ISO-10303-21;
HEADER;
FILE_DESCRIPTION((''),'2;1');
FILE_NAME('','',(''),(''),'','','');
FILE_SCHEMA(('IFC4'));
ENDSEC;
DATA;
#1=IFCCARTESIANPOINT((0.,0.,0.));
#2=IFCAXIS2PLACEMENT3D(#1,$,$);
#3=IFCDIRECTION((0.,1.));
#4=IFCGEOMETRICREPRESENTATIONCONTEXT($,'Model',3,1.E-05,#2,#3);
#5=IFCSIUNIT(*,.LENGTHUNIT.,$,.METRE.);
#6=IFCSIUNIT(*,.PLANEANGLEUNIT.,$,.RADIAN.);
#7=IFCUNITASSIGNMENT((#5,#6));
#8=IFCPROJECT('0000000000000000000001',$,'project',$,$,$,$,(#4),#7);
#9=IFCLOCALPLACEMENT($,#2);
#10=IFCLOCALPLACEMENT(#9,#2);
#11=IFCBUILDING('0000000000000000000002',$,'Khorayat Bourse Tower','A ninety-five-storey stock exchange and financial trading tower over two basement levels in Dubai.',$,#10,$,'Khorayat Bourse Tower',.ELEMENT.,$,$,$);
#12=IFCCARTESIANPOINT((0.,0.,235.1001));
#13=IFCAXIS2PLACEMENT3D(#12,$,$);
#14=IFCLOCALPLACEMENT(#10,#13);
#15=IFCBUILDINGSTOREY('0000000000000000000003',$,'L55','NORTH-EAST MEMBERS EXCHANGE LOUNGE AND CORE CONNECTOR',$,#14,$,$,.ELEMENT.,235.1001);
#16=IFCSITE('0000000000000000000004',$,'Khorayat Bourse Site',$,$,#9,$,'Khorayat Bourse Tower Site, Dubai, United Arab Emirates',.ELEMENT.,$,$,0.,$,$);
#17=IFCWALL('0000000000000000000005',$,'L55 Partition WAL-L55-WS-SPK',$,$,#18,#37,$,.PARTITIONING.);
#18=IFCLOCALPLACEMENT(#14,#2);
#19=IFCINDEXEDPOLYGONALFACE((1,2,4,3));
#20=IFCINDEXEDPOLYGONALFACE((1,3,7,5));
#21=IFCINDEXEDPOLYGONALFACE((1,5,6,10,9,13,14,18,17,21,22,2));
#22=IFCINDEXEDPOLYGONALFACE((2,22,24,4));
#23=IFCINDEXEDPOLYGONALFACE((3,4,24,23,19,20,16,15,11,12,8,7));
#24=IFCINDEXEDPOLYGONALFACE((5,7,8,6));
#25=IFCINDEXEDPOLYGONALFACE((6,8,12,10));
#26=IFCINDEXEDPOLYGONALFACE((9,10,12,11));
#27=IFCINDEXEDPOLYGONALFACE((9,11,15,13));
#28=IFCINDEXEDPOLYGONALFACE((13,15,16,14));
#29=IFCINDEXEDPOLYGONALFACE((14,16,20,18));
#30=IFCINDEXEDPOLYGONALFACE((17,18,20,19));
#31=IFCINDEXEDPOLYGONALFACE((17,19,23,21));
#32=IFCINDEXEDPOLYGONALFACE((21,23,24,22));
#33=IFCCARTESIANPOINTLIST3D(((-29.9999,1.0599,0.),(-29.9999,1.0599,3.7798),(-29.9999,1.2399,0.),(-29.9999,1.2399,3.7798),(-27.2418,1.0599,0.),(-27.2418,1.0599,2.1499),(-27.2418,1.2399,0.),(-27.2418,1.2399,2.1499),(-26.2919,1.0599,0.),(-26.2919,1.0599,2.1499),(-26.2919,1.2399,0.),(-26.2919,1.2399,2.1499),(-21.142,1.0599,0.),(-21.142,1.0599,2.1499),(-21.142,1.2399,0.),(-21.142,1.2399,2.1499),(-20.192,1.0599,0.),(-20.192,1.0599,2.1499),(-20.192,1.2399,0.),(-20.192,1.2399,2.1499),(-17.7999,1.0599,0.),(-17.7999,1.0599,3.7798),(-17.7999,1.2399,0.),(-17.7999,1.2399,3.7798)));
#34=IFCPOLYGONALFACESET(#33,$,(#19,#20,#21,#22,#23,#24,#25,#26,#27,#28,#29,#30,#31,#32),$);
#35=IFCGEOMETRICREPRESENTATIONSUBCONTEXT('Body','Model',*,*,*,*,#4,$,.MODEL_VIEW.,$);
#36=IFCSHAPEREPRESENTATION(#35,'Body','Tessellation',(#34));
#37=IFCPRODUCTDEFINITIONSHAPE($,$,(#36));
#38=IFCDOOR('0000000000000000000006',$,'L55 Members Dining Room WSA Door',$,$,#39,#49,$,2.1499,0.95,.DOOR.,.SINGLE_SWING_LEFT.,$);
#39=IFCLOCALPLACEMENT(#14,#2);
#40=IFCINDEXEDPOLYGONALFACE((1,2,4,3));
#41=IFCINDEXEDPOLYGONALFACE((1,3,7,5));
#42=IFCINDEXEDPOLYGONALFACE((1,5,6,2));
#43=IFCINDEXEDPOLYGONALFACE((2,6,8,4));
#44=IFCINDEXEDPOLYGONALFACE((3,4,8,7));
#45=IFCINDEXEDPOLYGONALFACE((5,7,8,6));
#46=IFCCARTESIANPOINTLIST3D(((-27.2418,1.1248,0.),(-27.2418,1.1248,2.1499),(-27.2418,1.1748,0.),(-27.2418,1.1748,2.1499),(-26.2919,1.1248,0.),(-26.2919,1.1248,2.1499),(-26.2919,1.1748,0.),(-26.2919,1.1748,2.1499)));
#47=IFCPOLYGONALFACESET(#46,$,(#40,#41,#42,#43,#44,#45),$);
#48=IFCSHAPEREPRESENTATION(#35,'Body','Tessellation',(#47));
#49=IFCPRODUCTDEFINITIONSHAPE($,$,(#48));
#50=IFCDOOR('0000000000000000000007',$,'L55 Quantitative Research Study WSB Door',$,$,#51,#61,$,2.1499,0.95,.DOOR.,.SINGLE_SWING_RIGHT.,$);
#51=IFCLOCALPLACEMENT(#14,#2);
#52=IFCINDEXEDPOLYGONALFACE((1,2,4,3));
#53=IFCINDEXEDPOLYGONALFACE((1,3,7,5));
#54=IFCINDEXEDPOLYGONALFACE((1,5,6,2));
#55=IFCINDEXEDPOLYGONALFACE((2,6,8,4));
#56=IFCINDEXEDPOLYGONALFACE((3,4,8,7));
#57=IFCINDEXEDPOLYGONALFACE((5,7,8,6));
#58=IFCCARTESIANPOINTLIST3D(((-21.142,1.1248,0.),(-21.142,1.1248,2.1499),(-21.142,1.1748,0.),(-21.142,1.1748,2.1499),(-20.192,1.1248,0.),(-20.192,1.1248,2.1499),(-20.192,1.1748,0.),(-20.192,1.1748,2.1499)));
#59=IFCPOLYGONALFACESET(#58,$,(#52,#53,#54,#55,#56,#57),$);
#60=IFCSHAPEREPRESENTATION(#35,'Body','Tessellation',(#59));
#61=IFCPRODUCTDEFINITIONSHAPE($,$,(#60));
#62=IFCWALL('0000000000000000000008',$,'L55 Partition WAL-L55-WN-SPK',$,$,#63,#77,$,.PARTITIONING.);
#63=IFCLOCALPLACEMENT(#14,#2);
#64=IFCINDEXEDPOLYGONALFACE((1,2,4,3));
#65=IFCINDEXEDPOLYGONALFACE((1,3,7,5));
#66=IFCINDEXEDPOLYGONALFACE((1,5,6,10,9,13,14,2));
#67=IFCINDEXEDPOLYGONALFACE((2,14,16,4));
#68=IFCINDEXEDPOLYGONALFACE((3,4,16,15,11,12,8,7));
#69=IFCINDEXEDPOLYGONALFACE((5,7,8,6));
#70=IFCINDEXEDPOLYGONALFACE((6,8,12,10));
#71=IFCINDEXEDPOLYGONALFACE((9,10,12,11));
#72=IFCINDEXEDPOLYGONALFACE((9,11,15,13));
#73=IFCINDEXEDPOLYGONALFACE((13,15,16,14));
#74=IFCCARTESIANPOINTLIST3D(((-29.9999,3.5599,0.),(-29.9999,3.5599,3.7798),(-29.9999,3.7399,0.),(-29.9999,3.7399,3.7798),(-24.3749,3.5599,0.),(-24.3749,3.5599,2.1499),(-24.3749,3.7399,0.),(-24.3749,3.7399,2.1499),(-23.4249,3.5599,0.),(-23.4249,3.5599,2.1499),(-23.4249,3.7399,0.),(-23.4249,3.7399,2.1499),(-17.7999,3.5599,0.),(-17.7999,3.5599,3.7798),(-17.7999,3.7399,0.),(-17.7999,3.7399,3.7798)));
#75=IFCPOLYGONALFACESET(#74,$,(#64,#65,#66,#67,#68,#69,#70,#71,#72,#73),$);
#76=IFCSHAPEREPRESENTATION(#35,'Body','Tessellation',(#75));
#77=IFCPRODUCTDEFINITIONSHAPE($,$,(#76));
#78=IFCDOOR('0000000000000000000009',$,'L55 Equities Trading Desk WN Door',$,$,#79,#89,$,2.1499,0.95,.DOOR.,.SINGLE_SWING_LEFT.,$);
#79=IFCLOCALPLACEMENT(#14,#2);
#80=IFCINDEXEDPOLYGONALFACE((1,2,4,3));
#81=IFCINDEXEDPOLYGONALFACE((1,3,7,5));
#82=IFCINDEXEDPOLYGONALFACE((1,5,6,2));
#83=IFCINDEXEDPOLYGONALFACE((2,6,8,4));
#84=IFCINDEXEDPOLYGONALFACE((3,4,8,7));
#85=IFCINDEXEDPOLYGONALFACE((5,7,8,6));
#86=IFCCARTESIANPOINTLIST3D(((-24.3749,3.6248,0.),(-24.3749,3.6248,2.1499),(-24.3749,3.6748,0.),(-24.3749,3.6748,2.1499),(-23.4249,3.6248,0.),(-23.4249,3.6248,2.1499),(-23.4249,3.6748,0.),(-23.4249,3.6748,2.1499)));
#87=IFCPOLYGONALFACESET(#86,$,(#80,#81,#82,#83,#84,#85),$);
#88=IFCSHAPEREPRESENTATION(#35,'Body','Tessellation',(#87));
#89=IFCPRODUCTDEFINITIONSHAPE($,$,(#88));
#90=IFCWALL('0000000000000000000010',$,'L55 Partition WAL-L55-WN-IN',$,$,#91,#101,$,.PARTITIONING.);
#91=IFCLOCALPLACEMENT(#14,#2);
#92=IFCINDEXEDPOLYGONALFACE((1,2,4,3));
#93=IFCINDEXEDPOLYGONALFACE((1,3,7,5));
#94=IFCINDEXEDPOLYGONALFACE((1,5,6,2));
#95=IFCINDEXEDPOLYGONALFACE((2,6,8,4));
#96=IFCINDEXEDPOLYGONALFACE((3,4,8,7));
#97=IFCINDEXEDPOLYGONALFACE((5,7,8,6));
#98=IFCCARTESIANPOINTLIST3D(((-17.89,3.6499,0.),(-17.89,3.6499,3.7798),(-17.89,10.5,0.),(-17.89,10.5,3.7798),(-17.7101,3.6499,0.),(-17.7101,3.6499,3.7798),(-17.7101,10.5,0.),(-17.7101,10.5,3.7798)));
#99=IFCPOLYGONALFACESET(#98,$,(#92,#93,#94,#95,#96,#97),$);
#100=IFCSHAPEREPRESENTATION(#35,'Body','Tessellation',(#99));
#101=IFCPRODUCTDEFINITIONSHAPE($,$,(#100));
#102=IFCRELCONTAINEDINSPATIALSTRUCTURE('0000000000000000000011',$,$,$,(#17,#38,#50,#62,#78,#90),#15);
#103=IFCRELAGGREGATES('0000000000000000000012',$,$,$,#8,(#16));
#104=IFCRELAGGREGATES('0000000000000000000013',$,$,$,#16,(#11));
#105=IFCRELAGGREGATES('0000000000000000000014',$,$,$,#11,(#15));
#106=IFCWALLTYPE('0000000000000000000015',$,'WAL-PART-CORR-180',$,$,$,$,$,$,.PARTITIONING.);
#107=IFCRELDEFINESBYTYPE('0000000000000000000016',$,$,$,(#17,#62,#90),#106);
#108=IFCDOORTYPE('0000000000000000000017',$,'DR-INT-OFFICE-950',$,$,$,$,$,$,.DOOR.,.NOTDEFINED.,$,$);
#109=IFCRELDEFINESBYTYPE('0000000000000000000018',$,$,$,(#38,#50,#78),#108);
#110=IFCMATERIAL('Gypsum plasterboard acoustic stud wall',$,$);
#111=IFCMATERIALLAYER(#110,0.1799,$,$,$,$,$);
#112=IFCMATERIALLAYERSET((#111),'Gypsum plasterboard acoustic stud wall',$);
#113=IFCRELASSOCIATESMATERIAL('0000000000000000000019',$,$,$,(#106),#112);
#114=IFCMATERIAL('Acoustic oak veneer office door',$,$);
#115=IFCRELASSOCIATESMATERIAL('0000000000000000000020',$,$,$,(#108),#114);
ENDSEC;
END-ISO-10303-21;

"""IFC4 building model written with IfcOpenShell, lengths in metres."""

from ifc_helpers import new_model, si_unit, direction, frame, frame_2d, origin, place, context, subcontext, project, spatial, rectangle, extrude, source, transform, mapped, material, layer, layer_set, type_object, element, fill, save


model = new_model("IFC4")

# Units and contexts
model_context = context("Model", 3, precision=1e-05, world=origin(), true_north=direction((0.0, 1.0)))
body_context = subcontext(model_context, "Body", "Model", "MODEL_VIEW")
ifc_project = project(units=[si_unit("LENGTHUNIT", "METRE"), si_unit("PLANEANGLEUNIT", "RADIAN")], contexts=[model_context])

# Site, building, storey
site_placement = place(None, origin())
site = spatial("IfcSite", under=ifc_project, at=site_placement, Name="Khorayat Bourse Site", LongName="Khorayat Bourse Tower Site, Dubai, United Arab Emirates", CompositionType="ELEMENT", RefElevation=0.0)
building_placement = place(site_placement, origin())
building = spatial("IfcBuilding", under=site, at=building_placement, Name="Khorayat Bourse Tower", Description="A ninety-five-storey stock exchange and financial trading tower over two basement levels in Dubai.", LongName="Khorayat Bourse Tower", CompositionType="ELEMENT")
storey_placement = place(building_placement, frame((0.0, 0.0, 235.1001)))
storey = spatial("IfcBuildingStorey", under=building, at=storey_placement, Name="L55", Description="NORTH-EAST MEMBERS EXCHANGE LOUNGE AND CORE CONNECTOR", CompositionType="ELEMENT", Elevation=235.1001)

# Shared definitions
ifc_material_1 = material(Name="Gypsum plasterboard acoustic stud wall")
ifc_layer_1 = layer(ifc_material_1, 0.1799)
ifc_layer_set_1 = layer_set([ifc_layer_1], Name="Gypsum plasterboard acoustic stud wall")
wall_type = type_object("IfcWallType", Name="WAL-PART-CORR-180", PredefinedType="PARTITIONING", material=ifc_layer_set_1)

# Wall, openings, doors
shared_shape_1 = source(origin(), body_context, "Body", "SweptSolid", [
    extrude(rectangle(XDim=12.2, YDim=0.1799, at=frame_2d((6.1001, 0.0))), origin(), (0.0, 0.0, 1.0), 3.7798),
])
wall_1_placement = place(storey_placement, frame((-30.0, 1.1499, 0.0), z_axis=(0.0, 0.0, 1.0), x_axis=(1.0, 0.0, 0.0)))
wall_1 = element("IfcWall", 1, at=wall_1_placement, inside=storey, type_object=wall_type, Name="L55 Partition WAL-L55-WS-SPK", PredefinedType="PARTITIONING", context=body_context, shape_type="MappedRepresentation", body=[
    mapped(shared_shape_1, transform((0.0, 0.0, 0.0), scale=1.0)),
])
shared_shape_2 = source(origin(), body_context, "Body", "SweptSolid", [
    extrude(rectangle(XDim=0.95, YDim=2.1499, at=frame_2d((0.4751, 1.075))), frame((0.0, 0.0999, 0.0), z_axis=(0.0, -1.0, 0.0), x_axis=(1.0, 0.0, 0.0)), (0.0, 0.0, 1.0), 0.2),
])
opening_1_placement = place(wall_1_placement, frame((2.7581, 0.0, 0.0)))
opening_1 = element("IfcOpeningElement", 2, at=opening_1_placement, cuts=wall_1, PredefinedType="OPENING", context=body_context, shape_type="MappedRepresentation", body=[
    mapped(shared_shape_2, transform((0.0, 0.0, 0.0), scale=1.0)),
])
opening_2_placement = place(wall_1_placement, frame((8.8579, 0.0, 0.0)))
opening_2 = element("IfcOpeningElement", 3, at=opening_2_placement, cuts=wall_1, PredefinedType="OPENING", context=body_context, shape_type="MappedRepresentation", body=[
    mapped(shared_shape_2, transform((0.0, 0.0, 0.0), scale=1.0)),
])
ifc_material_2 = material(Name="Acoustic oak veneer office door")
door_type = type_object("IfcDoorType", Name="DR-INT-OFFICE-950", OperationType="NOTDEFINED", PredefinedType="DOOR", material=ifc_material_2)
shared_shape_3 = source(origin(), body_context, "Body", "SweptSolid", [
    extrude(rectangle(XDim=0.95, YDim=2.1499, at=frame_2d((0.4751, 1.075))), frame((0.0, 0.0249, 0.0), z_axis=(0.0, -1.0, 0.0), x_axis=(1.0, 0.0, 0.0)), (0.0, 0.0, 1.0), 0.05),
])
door_1_placement = place(opening_1_placement, origin())
door_1 = element("IfcDoor", 4, at=door_1_placement, inside=storey, type_object=door_type, Name="L55 Members Dining Room WSA Door", OperationType="SINGLE_SWING_LEFT", OverallHeight=2.1499, OverallWidth=0.95, PredefinedType="DOOR", context=body_context, shape_type="MappedRepresentation", body=[
    mapped(shared_shape_3, transform((0.0, 0.0, 0.0), scale=1.0)),
])
fill(opening_1, door_1)
door_2_placement = place(opening_2_placement, origin())
door_2 = element("IfcDoor", 5, at=door_2_placement, inside=storey, type_object=door_type, Name="L55 Quantitative Research Study WSB Door", OperationType="SINGLE_SWING_RIGHT", OverallHeight=2.1499, OverallWidth=0.95, PredefinedType="DOOR", context=body_context, shape_type="MappedRepresentation", body=[
    mapped(shared_shape_3, transform((0.0, 0.0, 0.0), scale=1.0)),
])
fill(opening_2, door_2)

# Wall, opening, door
wall_2_placement = place(storey_placement, frame((-30.0, 3.6499, 0.0), z_axis=(0.0, 0.0, 1.0), x_axis=(1.0, 0.0, 0.0)))
wall_2 = element("IfcWall", 6, at=wall_2_placement, inside=storey, type_object=wall_type, Name="L55 Partition WAL-L55-WN-SPK", PredefinedType="PARTITIONING", context=body_context, shape_type="MappedRepresentation", body=[
    mapped(shared_shape_1, transform((0.0, 0.0, 0.0), scale=1.0)),
])
opening_3_placement = place(wall_2_placement, frame((5.625, 0.0, 0.0)))
opening_3 = element("IfcOpeningElement", 7, at=opening_3_placement, cuts=wall_2, PredefinedType="OPENING", context=body_context, shape_type="MappedRepresentation", body=[
    mapped(shared_shape_2, transform((0.0, 0.0, 0.0), scale=1.0)),
])
door_3_placement = place(opening_3_placement, origin())
door_3 = element("IfcDoor", 8, at=door_3_placement, inside=storey, type_object=door_type, Name="L55 Equities Trading Desk WN Door", OperationType="SINGLE_SWING_LEFT", OverallHeight=2.1499, OverallWidth=0.95, PredefinedType="DOOR", context=body_context, shape_type="MappedRepresentation", body=[
    mapped(shared_shape_3, transform((0.0, 0.0, 0.0), scale=1.0)),
])
fill(opening_3, door_3)

# Wall
shared_shape_4 = source(origin(), body_context, "Body", "SweptSolid", [
    extrude(rectangle(XDim=6.8501, YDim=0.1799, at=frame_2d((3.425, 0.0))), origin(), (0.0, 0.0, 1.0), 3.7798),
])
wall_3_placement = place(storey_placement, frame((-17.8, 3.6499, 0.0), z_axis=(0.0, 0.0, 1.0), x_axis=(0.0, 1.0, 0.0)))
element("IfcWall", 9, at=wall_3_placement, inside=storey, type_object=wall_type, Name="L55 Partition WAL-L55-WN-IN", PredefinedType="PARTITIONING", context=body_context, shape_type="MappedRepresentation", body=[
    mapped(shared_shape_4, transform((0.0, 0.0, 0.0), scale=1.0)),
])

save(model, "model.ifc")
